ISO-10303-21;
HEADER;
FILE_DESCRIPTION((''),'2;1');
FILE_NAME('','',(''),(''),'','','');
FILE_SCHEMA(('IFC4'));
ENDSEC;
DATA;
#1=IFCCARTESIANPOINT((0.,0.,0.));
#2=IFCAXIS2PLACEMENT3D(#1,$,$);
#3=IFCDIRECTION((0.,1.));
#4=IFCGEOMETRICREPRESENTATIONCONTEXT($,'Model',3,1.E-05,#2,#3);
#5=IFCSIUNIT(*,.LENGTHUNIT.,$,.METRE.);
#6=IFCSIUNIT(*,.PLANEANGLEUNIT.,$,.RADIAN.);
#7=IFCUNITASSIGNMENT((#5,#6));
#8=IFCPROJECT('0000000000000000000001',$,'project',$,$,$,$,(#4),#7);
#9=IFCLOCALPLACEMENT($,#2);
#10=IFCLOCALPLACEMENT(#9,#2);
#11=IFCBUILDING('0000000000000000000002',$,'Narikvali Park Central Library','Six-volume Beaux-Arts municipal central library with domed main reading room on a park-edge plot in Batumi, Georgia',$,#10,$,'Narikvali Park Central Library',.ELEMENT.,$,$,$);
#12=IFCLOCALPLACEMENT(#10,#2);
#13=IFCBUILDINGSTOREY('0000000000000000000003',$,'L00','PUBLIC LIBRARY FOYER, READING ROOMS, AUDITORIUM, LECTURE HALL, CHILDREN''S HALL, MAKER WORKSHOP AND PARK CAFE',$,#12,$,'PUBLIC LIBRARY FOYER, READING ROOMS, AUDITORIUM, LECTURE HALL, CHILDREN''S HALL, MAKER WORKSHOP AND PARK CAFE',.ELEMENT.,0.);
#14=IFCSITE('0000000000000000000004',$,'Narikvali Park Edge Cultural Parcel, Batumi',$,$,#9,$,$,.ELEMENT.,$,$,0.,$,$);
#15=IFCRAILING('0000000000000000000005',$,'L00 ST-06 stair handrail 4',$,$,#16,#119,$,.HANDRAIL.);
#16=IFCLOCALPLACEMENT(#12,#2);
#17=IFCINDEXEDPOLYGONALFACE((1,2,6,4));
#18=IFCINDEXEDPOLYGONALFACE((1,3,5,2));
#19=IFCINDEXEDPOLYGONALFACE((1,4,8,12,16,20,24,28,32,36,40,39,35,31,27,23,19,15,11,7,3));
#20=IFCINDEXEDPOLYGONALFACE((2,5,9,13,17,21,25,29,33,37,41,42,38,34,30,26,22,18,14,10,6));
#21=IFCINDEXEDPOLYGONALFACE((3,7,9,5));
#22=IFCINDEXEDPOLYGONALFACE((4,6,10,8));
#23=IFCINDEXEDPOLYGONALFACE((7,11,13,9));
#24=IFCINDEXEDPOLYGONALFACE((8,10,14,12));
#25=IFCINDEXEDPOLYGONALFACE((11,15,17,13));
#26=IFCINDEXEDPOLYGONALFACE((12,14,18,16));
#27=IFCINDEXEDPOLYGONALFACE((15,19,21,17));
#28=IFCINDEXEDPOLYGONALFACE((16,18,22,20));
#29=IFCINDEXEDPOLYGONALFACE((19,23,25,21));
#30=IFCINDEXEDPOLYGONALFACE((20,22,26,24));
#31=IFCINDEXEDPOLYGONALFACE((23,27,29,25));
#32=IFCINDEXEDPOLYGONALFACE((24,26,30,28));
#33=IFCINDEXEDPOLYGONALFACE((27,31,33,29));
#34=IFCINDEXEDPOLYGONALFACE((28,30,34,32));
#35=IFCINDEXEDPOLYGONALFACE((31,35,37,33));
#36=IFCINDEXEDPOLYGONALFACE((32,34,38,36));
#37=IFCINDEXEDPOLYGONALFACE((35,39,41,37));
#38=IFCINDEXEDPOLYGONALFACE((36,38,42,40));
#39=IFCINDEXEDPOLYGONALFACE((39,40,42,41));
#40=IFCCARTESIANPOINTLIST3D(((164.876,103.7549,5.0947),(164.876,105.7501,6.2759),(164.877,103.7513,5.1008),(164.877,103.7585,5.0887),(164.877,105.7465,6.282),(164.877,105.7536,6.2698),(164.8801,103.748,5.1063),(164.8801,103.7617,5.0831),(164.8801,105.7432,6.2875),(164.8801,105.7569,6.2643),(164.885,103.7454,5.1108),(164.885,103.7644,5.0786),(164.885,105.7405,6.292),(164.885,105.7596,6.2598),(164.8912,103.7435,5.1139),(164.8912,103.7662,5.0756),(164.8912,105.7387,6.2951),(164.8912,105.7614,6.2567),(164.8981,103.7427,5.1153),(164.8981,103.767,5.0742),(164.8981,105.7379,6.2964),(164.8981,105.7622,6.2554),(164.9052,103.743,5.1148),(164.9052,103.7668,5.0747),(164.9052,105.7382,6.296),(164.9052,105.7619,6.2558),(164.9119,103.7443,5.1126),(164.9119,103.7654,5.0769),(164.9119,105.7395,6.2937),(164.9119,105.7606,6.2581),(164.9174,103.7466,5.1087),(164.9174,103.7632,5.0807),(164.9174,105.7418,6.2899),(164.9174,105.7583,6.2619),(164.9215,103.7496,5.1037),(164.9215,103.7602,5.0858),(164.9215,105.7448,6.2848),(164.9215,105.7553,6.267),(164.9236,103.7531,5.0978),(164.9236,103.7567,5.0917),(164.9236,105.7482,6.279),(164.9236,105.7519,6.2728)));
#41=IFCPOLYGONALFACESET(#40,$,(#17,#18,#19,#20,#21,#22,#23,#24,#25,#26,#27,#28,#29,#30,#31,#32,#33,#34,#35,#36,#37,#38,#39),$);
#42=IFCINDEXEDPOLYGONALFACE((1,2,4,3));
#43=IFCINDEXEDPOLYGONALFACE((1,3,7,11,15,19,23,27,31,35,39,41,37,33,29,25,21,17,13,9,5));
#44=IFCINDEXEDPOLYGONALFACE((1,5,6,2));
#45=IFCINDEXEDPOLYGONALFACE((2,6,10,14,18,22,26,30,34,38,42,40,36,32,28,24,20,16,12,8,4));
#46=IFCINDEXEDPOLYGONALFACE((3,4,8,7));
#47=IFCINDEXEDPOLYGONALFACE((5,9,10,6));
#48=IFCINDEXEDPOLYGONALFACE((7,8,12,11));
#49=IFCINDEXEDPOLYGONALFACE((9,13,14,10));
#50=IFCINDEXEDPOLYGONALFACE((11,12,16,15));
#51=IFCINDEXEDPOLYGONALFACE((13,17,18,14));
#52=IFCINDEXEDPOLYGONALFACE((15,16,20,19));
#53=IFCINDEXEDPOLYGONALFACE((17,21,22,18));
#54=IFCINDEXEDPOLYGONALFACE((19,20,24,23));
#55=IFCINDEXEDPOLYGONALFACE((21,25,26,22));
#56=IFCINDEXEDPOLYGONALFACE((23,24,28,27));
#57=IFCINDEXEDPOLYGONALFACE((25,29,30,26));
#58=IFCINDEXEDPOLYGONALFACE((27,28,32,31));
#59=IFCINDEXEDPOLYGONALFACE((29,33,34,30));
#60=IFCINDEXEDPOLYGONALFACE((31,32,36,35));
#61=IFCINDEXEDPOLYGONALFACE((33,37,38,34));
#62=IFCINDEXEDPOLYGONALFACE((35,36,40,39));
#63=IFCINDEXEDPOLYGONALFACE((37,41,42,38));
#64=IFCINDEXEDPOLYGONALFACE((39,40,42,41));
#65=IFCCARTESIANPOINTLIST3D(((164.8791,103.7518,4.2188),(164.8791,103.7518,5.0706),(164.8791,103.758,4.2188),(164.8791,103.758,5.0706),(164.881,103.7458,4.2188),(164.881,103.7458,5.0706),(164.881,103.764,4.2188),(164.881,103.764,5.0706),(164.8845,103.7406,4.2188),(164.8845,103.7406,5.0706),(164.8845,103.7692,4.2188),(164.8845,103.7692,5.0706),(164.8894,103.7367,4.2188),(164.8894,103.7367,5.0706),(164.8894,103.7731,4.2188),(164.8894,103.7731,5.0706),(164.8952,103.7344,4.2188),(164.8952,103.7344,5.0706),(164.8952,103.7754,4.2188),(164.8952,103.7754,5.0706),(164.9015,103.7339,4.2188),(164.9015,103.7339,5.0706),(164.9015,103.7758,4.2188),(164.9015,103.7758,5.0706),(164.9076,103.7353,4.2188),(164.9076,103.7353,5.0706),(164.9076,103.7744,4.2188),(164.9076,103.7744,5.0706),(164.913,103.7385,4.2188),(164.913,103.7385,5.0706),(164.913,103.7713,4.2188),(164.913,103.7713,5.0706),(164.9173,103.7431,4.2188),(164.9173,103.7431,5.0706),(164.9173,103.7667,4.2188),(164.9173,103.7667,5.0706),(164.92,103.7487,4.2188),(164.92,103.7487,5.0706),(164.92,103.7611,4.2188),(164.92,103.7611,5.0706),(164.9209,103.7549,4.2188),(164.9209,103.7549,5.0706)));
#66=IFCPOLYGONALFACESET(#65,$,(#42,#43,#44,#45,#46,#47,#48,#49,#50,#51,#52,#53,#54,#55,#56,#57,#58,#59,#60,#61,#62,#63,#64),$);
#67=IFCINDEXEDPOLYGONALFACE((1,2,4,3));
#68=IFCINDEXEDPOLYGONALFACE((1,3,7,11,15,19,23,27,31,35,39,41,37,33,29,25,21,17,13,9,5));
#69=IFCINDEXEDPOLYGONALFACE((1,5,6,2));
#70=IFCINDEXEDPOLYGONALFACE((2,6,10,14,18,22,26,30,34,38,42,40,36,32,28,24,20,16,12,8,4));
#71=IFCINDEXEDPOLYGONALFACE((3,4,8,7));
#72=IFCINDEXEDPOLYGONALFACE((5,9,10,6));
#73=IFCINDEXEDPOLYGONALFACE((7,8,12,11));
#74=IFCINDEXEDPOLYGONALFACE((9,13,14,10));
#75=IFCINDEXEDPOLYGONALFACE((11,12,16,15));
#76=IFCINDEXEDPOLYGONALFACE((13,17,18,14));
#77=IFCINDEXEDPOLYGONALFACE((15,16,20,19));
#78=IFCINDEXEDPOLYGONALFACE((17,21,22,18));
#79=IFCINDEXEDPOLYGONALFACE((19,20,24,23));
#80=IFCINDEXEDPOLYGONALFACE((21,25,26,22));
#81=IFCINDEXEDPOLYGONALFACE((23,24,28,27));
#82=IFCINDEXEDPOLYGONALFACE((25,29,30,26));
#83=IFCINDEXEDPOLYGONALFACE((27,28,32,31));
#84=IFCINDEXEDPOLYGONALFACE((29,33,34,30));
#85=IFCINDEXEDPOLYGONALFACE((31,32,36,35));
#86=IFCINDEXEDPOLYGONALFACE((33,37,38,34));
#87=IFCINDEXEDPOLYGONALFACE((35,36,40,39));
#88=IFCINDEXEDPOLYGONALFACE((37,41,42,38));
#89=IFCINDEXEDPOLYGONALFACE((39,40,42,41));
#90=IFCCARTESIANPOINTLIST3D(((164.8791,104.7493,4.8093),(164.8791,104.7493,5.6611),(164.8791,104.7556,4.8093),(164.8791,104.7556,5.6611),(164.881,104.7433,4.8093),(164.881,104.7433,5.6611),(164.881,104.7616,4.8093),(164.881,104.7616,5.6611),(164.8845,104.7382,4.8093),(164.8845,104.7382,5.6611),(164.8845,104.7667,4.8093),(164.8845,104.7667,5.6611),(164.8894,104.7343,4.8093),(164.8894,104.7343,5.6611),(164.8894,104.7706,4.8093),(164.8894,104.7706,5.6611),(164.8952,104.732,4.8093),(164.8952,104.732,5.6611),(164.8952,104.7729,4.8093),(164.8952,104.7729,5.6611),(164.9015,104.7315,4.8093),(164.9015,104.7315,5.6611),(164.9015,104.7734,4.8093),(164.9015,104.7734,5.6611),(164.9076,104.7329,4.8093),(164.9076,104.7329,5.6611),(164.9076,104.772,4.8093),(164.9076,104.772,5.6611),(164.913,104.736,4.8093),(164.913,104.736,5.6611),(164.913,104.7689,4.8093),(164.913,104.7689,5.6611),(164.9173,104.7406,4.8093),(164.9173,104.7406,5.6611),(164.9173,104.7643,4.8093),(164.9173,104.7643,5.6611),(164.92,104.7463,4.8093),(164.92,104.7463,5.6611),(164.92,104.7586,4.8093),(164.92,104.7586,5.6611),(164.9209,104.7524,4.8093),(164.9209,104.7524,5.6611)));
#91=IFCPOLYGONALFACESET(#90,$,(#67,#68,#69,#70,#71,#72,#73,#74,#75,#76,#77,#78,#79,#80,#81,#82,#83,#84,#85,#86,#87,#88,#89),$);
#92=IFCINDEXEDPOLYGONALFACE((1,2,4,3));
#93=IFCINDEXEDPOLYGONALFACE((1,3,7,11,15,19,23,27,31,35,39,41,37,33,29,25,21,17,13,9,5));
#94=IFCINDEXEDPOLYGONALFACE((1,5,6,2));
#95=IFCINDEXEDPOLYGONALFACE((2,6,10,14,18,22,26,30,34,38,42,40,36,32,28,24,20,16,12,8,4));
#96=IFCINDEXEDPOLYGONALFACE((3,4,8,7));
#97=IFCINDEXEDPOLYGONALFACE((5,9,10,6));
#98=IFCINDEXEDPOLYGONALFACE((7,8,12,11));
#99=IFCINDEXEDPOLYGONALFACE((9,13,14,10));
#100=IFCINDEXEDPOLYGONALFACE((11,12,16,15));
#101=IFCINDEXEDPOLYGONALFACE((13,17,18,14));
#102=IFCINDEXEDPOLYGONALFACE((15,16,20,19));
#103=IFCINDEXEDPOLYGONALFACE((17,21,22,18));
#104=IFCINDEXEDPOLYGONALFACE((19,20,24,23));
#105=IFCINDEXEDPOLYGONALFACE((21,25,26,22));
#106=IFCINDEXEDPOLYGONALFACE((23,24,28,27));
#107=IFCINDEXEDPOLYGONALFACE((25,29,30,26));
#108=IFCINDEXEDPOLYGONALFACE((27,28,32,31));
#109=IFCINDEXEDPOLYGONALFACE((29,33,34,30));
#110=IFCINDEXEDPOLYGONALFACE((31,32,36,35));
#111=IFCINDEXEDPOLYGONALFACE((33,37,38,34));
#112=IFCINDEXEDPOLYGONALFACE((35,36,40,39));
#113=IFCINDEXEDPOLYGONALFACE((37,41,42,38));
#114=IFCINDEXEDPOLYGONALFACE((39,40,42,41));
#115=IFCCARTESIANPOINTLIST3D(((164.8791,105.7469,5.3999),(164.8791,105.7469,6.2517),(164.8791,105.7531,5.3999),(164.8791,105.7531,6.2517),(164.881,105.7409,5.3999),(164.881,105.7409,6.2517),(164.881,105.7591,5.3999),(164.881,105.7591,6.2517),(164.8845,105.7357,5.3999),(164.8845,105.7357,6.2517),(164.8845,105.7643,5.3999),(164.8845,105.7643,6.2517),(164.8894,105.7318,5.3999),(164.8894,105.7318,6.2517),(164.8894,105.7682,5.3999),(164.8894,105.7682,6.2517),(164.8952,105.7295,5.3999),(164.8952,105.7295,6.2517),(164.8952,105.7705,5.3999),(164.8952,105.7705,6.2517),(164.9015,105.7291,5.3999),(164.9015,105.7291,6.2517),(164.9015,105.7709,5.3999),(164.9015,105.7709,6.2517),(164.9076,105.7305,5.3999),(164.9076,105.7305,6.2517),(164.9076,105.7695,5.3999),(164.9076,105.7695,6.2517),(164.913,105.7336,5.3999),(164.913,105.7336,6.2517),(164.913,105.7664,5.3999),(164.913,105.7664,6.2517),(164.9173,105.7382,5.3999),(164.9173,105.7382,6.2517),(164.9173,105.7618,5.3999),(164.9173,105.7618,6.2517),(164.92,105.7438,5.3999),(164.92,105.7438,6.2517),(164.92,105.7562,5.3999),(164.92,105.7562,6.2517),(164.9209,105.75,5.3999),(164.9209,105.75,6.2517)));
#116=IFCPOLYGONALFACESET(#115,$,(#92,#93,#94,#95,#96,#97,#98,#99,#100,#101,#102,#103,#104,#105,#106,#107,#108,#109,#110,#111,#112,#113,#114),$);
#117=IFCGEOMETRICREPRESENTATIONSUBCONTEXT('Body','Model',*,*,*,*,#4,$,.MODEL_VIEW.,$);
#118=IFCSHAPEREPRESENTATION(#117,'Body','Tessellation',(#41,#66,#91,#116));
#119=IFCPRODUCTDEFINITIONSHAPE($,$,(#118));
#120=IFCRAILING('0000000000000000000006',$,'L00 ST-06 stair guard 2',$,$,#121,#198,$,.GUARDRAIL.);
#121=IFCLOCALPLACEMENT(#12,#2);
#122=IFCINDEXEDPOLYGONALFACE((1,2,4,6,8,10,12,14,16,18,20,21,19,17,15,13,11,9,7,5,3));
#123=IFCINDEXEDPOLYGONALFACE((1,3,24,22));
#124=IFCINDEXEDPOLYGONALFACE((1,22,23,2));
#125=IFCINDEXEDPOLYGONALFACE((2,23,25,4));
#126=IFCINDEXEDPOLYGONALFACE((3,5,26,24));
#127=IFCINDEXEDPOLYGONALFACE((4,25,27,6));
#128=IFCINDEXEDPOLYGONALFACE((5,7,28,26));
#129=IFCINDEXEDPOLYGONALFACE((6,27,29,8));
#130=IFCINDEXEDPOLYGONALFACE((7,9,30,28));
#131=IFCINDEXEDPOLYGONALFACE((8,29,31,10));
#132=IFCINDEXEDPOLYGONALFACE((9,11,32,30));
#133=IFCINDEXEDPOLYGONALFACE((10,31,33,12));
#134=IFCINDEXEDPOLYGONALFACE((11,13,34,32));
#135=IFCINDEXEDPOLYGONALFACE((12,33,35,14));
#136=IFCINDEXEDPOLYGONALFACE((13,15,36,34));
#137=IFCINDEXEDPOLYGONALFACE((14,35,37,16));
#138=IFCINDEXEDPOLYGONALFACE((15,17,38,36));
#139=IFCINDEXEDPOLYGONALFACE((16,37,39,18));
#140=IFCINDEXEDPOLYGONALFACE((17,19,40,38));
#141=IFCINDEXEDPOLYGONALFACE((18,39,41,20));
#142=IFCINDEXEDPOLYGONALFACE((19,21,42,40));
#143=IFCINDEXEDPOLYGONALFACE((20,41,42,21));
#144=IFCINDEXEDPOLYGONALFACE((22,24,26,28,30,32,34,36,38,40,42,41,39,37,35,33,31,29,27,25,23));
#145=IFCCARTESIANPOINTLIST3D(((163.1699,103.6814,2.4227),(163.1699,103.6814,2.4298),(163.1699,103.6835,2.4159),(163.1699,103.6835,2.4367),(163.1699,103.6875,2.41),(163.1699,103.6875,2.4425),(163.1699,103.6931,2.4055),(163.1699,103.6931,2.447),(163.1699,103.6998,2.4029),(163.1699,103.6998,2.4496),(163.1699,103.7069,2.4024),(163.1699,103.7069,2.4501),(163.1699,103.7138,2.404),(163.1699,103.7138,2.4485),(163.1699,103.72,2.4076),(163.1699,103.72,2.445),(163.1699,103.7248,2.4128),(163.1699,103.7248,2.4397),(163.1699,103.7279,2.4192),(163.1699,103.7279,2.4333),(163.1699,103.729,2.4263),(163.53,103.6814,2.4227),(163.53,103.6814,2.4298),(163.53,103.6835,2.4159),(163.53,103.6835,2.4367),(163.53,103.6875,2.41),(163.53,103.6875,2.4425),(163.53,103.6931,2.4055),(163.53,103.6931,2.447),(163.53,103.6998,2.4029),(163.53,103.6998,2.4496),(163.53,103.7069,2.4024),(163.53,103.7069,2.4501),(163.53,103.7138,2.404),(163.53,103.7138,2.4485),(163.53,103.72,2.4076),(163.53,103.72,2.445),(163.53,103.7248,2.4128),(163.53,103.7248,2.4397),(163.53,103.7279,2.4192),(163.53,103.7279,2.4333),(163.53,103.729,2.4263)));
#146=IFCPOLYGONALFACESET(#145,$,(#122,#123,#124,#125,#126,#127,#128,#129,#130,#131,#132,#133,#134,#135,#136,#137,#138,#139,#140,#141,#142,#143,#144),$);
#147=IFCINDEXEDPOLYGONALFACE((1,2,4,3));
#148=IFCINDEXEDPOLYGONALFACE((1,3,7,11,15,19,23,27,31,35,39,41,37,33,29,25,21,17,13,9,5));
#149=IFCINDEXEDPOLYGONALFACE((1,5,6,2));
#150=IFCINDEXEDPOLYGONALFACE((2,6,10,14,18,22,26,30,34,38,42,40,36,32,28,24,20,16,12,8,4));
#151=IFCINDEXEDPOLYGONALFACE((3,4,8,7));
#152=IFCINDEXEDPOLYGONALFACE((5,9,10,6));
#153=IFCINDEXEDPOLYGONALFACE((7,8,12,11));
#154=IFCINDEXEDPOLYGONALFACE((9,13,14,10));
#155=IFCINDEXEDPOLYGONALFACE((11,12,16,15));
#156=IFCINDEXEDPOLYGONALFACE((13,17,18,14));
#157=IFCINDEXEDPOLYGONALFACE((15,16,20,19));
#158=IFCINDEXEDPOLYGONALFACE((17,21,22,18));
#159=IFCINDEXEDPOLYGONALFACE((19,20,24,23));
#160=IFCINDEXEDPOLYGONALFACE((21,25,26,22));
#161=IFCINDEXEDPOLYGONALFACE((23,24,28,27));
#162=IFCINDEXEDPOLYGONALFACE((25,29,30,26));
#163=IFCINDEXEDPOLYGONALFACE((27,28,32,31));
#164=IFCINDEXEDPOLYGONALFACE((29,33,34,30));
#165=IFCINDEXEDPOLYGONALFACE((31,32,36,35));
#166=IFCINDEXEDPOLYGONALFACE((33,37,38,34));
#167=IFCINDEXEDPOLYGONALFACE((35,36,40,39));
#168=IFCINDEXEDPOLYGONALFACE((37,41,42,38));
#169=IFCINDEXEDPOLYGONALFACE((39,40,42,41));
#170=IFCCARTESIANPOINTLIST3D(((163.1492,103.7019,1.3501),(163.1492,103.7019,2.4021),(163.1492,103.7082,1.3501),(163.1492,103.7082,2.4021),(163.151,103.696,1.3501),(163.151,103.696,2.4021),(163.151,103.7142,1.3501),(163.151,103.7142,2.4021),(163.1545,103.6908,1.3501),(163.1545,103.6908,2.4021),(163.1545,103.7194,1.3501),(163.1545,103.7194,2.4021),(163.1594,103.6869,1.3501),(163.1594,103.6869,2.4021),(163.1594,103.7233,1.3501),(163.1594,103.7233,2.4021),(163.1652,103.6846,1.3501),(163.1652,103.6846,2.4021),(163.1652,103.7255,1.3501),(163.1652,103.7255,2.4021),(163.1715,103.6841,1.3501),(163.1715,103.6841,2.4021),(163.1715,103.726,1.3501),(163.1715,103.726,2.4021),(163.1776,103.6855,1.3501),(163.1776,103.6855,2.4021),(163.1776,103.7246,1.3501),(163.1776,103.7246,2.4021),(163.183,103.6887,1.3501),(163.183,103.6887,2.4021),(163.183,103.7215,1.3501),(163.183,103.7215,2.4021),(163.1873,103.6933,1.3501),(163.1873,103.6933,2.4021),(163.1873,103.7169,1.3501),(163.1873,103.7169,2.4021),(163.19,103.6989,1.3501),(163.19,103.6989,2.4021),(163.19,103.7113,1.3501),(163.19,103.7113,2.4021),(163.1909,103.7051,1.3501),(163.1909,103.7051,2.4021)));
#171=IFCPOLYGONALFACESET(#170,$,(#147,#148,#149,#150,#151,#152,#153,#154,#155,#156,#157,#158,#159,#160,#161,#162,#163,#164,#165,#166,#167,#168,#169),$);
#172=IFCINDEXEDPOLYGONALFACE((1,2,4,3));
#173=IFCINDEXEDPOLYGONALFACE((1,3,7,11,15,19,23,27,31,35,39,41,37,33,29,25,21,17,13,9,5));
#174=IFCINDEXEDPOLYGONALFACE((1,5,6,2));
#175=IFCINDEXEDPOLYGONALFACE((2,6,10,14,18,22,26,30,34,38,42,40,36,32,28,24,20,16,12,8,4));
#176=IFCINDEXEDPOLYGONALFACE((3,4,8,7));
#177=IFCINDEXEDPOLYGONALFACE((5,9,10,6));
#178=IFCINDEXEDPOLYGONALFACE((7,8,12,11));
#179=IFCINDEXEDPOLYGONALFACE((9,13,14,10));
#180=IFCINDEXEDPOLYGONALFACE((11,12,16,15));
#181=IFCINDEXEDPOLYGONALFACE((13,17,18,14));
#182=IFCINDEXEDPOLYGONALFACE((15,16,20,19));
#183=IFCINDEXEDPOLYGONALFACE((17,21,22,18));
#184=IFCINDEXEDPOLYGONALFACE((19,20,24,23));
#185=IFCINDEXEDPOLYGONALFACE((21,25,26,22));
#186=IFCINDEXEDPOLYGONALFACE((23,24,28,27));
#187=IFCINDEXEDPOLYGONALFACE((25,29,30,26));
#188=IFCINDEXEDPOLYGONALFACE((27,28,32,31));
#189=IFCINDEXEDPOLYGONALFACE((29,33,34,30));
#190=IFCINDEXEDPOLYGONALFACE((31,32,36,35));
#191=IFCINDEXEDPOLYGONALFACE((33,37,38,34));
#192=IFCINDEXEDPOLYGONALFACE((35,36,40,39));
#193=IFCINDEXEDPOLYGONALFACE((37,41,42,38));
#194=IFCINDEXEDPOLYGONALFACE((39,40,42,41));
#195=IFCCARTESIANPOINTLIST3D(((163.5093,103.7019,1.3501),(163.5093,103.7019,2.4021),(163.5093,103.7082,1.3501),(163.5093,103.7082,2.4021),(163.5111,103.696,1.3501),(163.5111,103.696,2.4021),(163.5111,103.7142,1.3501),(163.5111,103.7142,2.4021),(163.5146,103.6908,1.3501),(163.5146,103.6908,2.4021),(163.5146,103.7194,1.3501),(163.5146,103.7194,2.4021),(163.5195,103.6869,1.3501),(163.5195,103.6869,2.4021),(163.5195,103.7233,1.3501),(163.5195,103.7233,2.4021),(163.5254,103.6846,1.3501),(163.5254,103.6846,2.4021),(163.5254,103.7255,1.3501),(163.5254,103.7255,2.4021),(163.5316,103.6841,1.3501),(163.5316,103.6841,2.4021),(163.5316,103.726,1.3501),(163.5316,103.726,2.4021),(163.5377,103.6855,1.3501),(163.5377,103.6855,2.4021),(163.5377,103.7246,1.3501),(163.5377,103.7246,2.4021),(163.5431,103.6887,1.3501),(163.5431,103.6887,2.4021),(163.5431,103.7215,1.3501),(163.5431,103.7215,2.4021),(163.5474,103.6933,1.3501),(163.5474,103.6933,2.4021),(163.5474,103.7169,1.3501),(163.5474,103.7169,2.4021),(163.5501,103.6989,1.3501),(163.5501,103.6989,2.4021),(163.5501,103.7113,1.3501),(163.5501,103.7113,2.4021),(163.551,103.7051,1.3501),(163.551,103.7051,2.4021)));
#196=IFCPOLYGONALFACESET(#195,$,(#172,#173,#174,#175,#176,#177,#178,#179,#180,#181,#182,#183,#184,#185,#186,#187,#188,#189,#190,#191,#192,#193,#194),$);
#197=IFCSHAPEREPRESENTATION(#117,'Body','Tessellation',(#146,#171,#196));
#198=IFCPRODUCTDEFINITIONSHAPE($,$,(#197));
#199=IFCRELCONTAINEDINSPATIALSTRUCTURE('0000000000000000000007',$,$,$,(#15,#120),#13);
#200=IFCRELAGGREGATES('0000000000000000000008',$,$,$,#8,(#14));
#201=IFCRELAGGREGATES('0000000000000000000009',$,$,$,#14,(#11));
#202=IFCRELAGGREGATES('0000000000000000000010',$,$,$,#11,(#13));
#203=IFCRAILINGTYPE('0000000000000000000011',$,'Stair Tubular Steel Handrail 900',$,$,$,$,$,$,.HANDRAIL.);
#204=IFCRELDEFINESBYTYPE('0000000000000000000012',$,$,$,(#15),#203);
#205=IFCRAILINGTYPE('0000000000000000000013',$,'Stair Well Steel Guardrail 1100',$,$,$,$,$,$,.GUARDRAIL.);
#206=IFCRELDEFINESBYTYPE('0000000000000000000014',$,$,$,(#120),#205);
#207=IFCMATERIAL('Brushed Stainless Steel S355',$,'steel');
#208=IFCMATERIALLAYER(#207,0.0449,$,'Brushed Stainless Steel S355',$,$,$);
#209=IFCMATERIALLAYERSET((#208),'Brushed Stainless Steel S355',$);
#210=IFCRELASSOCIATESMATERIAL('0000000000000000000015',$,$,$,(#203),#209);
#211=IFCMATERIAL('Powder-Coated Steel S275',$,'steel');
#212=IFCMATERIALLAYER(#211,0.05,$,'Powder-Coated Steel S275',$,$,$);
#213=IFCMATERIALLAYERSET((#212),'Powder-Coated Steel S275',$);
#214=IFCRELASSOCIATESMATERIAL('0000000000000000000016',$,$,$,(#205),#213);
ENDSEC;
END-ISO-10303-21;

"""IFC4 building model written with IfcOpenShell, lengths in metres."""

from ifc_helpers import new_model, si_unit, direction, frame, origin, origin_2d, place, context, subcontext, project, spatial, circle, extrude, material, layer, layer_set, type_object, element, save


model = new_model("IFC4")

# Units and contexts
model_context = context("Model", 3, precision=1e-05, world=origin(), true_north=direction((0.0, 1.0)))
body_context = subcontext(model_context, "Body", "Model", "MODEL_VIEW")
ifc_project = project(units=[si_unit("LENGTHUNIT", "METRE"), si_unit("PLANEANGLEUNIT", "RADIAN")], contexts=[model_context])

# Site, building, storey
site_placement = place(None, origin())
site = spatial("IfcSite", under=ifc_project, at=site_placement, Name="Narikvali Park Edge Cultural Parcel, Batumi", CompositionType="ELEMENT", RefElevation=0.0)
building_placement = place(site_placement, origin())
building = spatial("IfcBuilding", under=site, at=building_placement, Name="Narikvali Park Central Library", Description="Six-volume Beaux-Arts municipal central library with domed main reading room on a park-edge plot in Batumi, Georgia", LongName="Narikvali Park Central Library", CompositionType="ELEMENT")
storey_placement = place(building_placement, origin())
storey = spatial("IfcBuildingStorey", under=building, at=storey_placement, Name="L00", Description="PUBLIC LIBRARY FOYER, READING ROOMS, AUDITORIUM, LECTURE HALL, CHILDREN'S HALL, MAKER WORKSHOP AND PARK CAFE", LongName="PUBLIC LIBRARY FOYER, READING ROOMS, AUDITORIUM, LECTURE HALL, CHILDREN'S HALL, MAKER WORKSHOP AND PARK CAFE", CompositionType="ELEMENT", Elevation=0.0)

# Shared definitions
ifc_material_1 = material(Name="Brushed Stainless Steel S355", Category="steel")

# Railings
ifc_layer_1 = layer(ifc_material_1, 0.0449, Name="Brushed Stainless Steel S355")
ifc_layer_set_1 = layer_set([ifc_layer_1], Name="Brushed Stainless Steel S355")
railing_type_1 = type_object("IfcRailingType", Name="Stair Tubular Steel Handrail 900", PredefinedType="HANDRAIL", material=ifc_layer_set_1)
railing_1_placement = place(storey_placement, frame((164.8999, 103.7549, 4.2188)))
element("IfcRailing", 1, at=railing_1_placement, inside=storey, type_object=railing_type_1, Name="L00 ST-06 stair handrail 4", PredefinedType="HANDRAIL", context=body_context, shape_type="SweptSolid", body=[
    extrude(circle(Radius=0.0239, at=origin_2d()), frame((0.0, 0.0, 0.876), z_axis=(0.0, 0.860507, 0.509439), x_axis=(-1.0, 0.0, 0.0)), (0.0, 0.0, 1.0), 2.3186),
    extrude(circle(Radius=0.021, at=origin_2d()), origin(), (0.0, 0.0, 1.0), 0.8518),
    extrude(circle(Radius=0.021, at=origin_2d()), frame((0.0, 0.9976, 0.5906)), (0.0, 0.0, 1.0), 0.8518),
    extrude(circle(Radius=0.021, at=origin_2d()), frame((0.0, 1.9951, 1.1812)), (0.0, 0.0, 1.0), 0.8518),
])
ifc_material_2 = material(Name="Powder-Coated Steel S275", Category="steel")
ifc_layer_2 = layer(ifc_material_2, 0.05, Name="Powder-Coated Steel S275")
ifc_layer_set_2 = layer_set([ifc_layer_2], Name="Powder-Coated Steel S275")
railing_type_2 = type_object("IfcRailingType", Name="Stair Well Steel Guardrail 1100", PredefinedType="GUARDRAIL", material=ifc_layer_set_2)
railing_2_placement = place(storey_placement, frame((163.1699, 103.7051, 1.3501)))
element("IfcRailing", 2, at=railing_2_placement, inside=storey, type_object=railing_type_2, Name="L00 ST-06 stair guard 2", PredefinedType="GUARDRAIL", context=body_context, shape_type="SweptSolid", body=[
    extrude(circle(Radius=0.0239, at=origin_2d()), frame((0.0, 0.0, 1.0762), z_axis=(1.0, 0.0, 0.0), x_axis=(0.0, 1.0, 0.0)), (0.0, 0.0, 1.0), 0.3601),
    extrude(circle(Radius=0.021, at=origin_2d()), origin(), (0.0, 0.0, 1.0), 1.052),
    extrude(circle(Radius=0.021, at=origin_2d()), frame((0.3601, 0.0, 0.0)), (0.0, 0.0, 1.0), 1.052),
])

save(model, "model.ifc")
